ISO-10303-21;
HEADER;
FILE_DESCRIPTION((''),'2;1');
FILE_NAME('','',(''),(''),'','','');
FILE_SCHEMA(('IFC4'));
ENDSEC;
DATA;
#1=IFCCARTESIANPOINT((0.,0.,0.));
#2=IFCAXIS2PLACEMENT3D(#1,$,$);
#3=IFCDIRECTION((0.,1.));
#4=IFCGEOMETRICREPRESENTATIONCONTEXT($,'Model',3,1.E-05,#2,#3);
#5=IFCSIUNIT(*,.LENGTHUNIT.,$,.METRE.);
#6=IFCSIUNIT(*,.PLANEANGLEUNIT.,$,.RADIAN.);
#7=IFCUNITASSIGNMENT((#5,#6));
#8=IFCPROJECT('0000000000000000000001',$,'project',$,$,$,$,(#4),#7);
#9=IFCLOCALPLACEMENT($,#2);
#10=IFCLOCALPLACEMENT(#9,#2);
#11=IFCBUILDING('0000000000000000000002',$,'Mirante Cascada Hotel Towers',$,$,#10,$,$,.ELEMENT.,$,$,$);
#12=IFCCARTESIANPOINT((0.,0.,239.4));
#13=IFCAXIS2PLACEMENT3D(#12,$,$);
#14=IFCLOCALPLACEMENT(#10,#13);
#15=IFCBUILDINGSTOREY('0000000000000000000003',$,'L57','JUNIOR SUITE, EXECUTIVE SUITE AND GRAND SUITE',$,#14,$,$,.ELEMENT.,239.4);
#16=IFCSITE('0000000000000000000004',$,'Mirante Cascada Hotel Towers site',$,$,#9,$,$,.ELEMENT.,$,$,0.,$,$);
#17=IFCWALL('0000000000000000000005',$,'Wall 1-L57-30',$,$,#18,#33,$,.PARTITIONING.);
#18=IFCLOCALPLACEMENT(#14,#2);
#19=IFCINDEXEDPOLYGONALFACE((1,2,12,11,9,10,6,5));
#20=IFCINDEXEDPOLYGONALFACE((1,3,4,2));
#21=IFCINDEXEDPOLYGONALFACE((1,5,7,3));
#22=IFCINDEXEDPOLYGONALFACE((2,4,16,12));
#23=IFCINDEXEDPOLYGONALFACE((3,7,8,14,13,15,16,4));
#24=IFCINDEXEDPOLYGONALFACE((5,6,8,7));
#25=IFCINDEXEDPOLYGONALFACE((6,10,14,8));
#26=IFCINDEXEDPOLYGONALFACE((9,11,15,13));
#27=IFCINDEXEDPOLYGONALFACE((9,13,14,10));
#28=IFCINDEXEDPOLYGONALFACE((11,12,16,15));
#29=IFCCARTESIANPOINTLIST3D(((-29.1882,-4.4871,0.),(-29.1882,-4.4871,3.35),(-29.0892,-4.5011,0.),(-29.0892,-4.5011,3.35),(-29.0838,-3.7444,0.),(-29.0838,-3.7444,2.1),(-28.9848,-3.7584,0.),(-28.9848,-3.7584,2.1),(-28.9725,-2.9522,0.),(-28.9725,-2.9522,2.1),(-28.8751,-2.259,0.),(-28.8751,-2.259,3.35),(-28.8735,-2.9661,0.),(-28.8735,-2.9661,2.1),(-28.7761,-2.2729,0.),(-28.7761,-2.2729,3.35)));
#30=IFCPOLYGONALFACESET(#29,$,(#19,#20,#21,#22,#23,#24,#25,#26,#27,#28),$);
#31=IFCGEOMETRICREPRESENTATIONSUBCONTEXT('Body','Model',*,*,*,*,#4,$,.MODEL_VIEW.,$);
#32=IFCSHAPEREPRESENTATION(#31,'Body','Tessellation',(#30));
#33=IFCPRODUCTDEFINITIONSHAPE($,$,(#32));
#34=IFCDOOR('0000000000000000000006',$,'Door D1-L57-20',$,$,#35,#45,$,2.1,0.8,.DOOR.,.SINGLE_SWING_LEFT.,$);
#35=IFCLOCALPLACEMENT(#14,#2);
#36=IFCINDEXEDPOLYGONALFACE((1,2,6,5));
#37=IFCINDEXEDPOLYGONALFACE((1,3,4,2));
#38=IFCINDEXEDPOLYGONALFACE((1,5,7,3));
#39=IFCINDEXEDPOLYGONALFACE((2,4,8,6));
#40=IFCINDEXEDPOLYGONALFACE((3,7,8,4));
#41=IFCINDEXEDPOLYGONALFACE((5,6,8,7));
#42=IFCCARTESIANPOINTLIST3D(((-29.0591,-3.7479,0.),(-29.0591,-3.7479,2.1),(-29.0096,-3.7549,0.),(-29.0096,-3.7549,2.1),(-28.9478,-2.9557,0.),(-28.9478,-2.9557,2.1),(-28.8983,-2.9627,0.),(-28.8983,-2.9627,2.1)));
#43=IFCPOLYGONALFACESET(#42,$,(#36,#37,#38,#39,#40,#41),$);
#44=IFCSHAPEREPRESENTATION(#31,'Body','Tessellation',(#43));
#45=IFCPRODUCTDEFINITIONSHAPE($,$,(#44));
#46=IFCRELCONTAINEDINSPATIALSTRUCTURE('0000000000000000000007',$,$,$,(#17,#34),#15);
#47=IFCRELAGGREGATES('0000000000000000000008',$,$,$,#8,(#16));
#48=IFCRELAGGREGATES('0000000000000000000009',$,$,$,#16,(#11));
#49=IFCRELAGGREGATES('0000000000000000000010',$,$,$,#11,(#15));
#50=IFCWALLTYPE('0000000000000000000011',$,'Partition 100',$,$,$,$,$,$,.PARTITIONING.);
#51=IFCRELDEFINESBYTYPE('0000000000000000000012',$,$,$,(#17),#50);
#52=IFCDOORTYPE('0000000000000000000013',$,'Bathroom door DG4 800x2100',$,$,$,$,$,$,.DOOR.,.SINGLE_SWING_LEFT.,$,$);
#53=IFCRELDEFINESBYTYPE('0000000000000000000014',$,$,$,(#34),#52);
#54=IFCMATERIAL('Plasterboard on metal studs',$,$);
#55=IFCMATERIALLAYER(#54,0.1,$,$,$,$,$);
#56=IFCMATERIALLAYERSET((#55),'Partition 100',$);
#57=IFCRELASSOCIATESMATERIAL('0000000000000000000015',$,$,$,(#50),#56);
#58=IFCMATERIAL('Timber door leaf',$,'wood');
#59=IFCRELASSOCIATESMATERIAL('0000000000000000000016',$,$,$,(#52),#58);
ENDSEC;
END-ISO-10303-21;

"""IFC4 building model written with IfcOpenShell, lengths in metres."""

from ifc_helpers import new_model, si_unit, direction, frame, frame_2d, origin, place, context, subcontext, project, spatial, rectangle, extrude, material, layer, layer_set, type_object, element, fill, save


model = new_model("IFC4")

# Units and contexts
model_context = context("Model", 3, precision=1e-05, world=origin(), true_north=direction((0.0, 1.0)))
body_context = subcontext(model_context, "Body", "Model", "MODEL_VIEW")
ifc_project = project(units=[si_unit("LENGTHUNIT", "METRE"), si_unit("PLANEANGLEUNIT", "RADIAN")], contexts=[model_context])

# Site, building, storey
site_placement = place(None, origin())
site = spatial("IfcSite", under=ifc_project, at=site_placement, Name="Mirante Cascada Hotel Towers site", CompositionType="ELEMENT", RefElevation=0.0)
building_placement = place(site_placement, origin())
building = spatial("IfcBuilding", under=site, at=building_placement, Name="Mirante Cascada Hotel Towers", CompositionType="ELEMENT")
storey_placement = place(building_placement, frame((0.0, 0.0, 239.4)))
storey = spatial("IfcBuildingStorey", under=building, at=storey_placement, Name="L57", Description="JUNIOR SUITE, EXECUTIVE SUITE AND GRAND SUITE", CompositionType="ELEMENT", Elevation=239.4)

# Shared definitions
ifc_material_1 = material(Name="Plasterboard on metal studs")
ifc_layer_1 = layer(ifc_material_1, 0.1)
ifc_layer_set_1 = layer_set([ifc_layer_1], Name="Partition 100")
wall_type_1 = type_object("IfcWallType", Name="Partition 100", PredefinedType="PARTITIONING", material=ifc_layer_set_1)

# Wall, opening, door
wall_1_placement = place(storey_placement, frame((-29.1387, -4.4941, 0.0), z_axis=(0.0, 0.0, 1.0), x_axis=(0.139156, 0.990271, 0.0)))
wall_1 = element("IfcWall", 1, at=wall_1_placement, inside=storey, type_object=wall_type_1, Name="Wall 1-L57-30", PredefinedType="PARTITIONING", context=body_context, shape_type="SweptSolid", body=[
    extrude(rectangle(XDim=2.25, YDim=0.1, at=frame_2d((1.125, 0.0))), origin(), (0.0, 0.0, 1.0), 3.35),
])
opening_1_placement = place(wall_1_placement, frame((0.75, 0.0, 0.0)))
opening_1 = element("IfcOpeningElement", 2, at=opening_1_placement, cuts=wall_1, PredefinedType="OPENING", context=body_context, shape_type="SweptSolid", body=[
    extrude(rectangle(XDim=0.8, YDim=2.1, at=frame_2d((0.4, 1.05))), frame((0.0, 0.05, 0.0), z_axis=(0.0, -1.0, 0.0), x_axis=(1.0, 0.0, 0.0)), (0.0, 0.0, 1.0), 0.1),
])
ifc_material_2 = material(Name="Timber door leaf", Category="wood")
door_type_1 = type_object("IfcDoorType", Name="Bathroom door DG4 800x2100", OperationType="SINGLE_SWING_LEFT", PredefinedType="DOOR", material=ifc_material_2)
door_1_placement = place(opening_1_placement, origin())
door_1 = element("IfcDoor", 3, at=door_1_placement, inside=storey, type_object=door_type_1, Name="Door D1-L57-20", OperationType="SINGLE_SWING_LEFT", OverallHeight=2.1, OverallWidth=0.8, PredefinedType="DOOR", context=body_context, shape_type="SweptSolid", body=[
    extrude(rectangle(XDim=0.8, YDim=2.1, at=frame_2d((0.4, 1.05))), frame((0.0, 0.025, 0.0), z_axis=(0.0, -1.0, 0.0), x_axis=(1.0, 0.0, 0.0)), (0.0, 0.0, 1.0), 0.05),
])
fill(opening_1, door_1)

save(model, "model.ifc")
